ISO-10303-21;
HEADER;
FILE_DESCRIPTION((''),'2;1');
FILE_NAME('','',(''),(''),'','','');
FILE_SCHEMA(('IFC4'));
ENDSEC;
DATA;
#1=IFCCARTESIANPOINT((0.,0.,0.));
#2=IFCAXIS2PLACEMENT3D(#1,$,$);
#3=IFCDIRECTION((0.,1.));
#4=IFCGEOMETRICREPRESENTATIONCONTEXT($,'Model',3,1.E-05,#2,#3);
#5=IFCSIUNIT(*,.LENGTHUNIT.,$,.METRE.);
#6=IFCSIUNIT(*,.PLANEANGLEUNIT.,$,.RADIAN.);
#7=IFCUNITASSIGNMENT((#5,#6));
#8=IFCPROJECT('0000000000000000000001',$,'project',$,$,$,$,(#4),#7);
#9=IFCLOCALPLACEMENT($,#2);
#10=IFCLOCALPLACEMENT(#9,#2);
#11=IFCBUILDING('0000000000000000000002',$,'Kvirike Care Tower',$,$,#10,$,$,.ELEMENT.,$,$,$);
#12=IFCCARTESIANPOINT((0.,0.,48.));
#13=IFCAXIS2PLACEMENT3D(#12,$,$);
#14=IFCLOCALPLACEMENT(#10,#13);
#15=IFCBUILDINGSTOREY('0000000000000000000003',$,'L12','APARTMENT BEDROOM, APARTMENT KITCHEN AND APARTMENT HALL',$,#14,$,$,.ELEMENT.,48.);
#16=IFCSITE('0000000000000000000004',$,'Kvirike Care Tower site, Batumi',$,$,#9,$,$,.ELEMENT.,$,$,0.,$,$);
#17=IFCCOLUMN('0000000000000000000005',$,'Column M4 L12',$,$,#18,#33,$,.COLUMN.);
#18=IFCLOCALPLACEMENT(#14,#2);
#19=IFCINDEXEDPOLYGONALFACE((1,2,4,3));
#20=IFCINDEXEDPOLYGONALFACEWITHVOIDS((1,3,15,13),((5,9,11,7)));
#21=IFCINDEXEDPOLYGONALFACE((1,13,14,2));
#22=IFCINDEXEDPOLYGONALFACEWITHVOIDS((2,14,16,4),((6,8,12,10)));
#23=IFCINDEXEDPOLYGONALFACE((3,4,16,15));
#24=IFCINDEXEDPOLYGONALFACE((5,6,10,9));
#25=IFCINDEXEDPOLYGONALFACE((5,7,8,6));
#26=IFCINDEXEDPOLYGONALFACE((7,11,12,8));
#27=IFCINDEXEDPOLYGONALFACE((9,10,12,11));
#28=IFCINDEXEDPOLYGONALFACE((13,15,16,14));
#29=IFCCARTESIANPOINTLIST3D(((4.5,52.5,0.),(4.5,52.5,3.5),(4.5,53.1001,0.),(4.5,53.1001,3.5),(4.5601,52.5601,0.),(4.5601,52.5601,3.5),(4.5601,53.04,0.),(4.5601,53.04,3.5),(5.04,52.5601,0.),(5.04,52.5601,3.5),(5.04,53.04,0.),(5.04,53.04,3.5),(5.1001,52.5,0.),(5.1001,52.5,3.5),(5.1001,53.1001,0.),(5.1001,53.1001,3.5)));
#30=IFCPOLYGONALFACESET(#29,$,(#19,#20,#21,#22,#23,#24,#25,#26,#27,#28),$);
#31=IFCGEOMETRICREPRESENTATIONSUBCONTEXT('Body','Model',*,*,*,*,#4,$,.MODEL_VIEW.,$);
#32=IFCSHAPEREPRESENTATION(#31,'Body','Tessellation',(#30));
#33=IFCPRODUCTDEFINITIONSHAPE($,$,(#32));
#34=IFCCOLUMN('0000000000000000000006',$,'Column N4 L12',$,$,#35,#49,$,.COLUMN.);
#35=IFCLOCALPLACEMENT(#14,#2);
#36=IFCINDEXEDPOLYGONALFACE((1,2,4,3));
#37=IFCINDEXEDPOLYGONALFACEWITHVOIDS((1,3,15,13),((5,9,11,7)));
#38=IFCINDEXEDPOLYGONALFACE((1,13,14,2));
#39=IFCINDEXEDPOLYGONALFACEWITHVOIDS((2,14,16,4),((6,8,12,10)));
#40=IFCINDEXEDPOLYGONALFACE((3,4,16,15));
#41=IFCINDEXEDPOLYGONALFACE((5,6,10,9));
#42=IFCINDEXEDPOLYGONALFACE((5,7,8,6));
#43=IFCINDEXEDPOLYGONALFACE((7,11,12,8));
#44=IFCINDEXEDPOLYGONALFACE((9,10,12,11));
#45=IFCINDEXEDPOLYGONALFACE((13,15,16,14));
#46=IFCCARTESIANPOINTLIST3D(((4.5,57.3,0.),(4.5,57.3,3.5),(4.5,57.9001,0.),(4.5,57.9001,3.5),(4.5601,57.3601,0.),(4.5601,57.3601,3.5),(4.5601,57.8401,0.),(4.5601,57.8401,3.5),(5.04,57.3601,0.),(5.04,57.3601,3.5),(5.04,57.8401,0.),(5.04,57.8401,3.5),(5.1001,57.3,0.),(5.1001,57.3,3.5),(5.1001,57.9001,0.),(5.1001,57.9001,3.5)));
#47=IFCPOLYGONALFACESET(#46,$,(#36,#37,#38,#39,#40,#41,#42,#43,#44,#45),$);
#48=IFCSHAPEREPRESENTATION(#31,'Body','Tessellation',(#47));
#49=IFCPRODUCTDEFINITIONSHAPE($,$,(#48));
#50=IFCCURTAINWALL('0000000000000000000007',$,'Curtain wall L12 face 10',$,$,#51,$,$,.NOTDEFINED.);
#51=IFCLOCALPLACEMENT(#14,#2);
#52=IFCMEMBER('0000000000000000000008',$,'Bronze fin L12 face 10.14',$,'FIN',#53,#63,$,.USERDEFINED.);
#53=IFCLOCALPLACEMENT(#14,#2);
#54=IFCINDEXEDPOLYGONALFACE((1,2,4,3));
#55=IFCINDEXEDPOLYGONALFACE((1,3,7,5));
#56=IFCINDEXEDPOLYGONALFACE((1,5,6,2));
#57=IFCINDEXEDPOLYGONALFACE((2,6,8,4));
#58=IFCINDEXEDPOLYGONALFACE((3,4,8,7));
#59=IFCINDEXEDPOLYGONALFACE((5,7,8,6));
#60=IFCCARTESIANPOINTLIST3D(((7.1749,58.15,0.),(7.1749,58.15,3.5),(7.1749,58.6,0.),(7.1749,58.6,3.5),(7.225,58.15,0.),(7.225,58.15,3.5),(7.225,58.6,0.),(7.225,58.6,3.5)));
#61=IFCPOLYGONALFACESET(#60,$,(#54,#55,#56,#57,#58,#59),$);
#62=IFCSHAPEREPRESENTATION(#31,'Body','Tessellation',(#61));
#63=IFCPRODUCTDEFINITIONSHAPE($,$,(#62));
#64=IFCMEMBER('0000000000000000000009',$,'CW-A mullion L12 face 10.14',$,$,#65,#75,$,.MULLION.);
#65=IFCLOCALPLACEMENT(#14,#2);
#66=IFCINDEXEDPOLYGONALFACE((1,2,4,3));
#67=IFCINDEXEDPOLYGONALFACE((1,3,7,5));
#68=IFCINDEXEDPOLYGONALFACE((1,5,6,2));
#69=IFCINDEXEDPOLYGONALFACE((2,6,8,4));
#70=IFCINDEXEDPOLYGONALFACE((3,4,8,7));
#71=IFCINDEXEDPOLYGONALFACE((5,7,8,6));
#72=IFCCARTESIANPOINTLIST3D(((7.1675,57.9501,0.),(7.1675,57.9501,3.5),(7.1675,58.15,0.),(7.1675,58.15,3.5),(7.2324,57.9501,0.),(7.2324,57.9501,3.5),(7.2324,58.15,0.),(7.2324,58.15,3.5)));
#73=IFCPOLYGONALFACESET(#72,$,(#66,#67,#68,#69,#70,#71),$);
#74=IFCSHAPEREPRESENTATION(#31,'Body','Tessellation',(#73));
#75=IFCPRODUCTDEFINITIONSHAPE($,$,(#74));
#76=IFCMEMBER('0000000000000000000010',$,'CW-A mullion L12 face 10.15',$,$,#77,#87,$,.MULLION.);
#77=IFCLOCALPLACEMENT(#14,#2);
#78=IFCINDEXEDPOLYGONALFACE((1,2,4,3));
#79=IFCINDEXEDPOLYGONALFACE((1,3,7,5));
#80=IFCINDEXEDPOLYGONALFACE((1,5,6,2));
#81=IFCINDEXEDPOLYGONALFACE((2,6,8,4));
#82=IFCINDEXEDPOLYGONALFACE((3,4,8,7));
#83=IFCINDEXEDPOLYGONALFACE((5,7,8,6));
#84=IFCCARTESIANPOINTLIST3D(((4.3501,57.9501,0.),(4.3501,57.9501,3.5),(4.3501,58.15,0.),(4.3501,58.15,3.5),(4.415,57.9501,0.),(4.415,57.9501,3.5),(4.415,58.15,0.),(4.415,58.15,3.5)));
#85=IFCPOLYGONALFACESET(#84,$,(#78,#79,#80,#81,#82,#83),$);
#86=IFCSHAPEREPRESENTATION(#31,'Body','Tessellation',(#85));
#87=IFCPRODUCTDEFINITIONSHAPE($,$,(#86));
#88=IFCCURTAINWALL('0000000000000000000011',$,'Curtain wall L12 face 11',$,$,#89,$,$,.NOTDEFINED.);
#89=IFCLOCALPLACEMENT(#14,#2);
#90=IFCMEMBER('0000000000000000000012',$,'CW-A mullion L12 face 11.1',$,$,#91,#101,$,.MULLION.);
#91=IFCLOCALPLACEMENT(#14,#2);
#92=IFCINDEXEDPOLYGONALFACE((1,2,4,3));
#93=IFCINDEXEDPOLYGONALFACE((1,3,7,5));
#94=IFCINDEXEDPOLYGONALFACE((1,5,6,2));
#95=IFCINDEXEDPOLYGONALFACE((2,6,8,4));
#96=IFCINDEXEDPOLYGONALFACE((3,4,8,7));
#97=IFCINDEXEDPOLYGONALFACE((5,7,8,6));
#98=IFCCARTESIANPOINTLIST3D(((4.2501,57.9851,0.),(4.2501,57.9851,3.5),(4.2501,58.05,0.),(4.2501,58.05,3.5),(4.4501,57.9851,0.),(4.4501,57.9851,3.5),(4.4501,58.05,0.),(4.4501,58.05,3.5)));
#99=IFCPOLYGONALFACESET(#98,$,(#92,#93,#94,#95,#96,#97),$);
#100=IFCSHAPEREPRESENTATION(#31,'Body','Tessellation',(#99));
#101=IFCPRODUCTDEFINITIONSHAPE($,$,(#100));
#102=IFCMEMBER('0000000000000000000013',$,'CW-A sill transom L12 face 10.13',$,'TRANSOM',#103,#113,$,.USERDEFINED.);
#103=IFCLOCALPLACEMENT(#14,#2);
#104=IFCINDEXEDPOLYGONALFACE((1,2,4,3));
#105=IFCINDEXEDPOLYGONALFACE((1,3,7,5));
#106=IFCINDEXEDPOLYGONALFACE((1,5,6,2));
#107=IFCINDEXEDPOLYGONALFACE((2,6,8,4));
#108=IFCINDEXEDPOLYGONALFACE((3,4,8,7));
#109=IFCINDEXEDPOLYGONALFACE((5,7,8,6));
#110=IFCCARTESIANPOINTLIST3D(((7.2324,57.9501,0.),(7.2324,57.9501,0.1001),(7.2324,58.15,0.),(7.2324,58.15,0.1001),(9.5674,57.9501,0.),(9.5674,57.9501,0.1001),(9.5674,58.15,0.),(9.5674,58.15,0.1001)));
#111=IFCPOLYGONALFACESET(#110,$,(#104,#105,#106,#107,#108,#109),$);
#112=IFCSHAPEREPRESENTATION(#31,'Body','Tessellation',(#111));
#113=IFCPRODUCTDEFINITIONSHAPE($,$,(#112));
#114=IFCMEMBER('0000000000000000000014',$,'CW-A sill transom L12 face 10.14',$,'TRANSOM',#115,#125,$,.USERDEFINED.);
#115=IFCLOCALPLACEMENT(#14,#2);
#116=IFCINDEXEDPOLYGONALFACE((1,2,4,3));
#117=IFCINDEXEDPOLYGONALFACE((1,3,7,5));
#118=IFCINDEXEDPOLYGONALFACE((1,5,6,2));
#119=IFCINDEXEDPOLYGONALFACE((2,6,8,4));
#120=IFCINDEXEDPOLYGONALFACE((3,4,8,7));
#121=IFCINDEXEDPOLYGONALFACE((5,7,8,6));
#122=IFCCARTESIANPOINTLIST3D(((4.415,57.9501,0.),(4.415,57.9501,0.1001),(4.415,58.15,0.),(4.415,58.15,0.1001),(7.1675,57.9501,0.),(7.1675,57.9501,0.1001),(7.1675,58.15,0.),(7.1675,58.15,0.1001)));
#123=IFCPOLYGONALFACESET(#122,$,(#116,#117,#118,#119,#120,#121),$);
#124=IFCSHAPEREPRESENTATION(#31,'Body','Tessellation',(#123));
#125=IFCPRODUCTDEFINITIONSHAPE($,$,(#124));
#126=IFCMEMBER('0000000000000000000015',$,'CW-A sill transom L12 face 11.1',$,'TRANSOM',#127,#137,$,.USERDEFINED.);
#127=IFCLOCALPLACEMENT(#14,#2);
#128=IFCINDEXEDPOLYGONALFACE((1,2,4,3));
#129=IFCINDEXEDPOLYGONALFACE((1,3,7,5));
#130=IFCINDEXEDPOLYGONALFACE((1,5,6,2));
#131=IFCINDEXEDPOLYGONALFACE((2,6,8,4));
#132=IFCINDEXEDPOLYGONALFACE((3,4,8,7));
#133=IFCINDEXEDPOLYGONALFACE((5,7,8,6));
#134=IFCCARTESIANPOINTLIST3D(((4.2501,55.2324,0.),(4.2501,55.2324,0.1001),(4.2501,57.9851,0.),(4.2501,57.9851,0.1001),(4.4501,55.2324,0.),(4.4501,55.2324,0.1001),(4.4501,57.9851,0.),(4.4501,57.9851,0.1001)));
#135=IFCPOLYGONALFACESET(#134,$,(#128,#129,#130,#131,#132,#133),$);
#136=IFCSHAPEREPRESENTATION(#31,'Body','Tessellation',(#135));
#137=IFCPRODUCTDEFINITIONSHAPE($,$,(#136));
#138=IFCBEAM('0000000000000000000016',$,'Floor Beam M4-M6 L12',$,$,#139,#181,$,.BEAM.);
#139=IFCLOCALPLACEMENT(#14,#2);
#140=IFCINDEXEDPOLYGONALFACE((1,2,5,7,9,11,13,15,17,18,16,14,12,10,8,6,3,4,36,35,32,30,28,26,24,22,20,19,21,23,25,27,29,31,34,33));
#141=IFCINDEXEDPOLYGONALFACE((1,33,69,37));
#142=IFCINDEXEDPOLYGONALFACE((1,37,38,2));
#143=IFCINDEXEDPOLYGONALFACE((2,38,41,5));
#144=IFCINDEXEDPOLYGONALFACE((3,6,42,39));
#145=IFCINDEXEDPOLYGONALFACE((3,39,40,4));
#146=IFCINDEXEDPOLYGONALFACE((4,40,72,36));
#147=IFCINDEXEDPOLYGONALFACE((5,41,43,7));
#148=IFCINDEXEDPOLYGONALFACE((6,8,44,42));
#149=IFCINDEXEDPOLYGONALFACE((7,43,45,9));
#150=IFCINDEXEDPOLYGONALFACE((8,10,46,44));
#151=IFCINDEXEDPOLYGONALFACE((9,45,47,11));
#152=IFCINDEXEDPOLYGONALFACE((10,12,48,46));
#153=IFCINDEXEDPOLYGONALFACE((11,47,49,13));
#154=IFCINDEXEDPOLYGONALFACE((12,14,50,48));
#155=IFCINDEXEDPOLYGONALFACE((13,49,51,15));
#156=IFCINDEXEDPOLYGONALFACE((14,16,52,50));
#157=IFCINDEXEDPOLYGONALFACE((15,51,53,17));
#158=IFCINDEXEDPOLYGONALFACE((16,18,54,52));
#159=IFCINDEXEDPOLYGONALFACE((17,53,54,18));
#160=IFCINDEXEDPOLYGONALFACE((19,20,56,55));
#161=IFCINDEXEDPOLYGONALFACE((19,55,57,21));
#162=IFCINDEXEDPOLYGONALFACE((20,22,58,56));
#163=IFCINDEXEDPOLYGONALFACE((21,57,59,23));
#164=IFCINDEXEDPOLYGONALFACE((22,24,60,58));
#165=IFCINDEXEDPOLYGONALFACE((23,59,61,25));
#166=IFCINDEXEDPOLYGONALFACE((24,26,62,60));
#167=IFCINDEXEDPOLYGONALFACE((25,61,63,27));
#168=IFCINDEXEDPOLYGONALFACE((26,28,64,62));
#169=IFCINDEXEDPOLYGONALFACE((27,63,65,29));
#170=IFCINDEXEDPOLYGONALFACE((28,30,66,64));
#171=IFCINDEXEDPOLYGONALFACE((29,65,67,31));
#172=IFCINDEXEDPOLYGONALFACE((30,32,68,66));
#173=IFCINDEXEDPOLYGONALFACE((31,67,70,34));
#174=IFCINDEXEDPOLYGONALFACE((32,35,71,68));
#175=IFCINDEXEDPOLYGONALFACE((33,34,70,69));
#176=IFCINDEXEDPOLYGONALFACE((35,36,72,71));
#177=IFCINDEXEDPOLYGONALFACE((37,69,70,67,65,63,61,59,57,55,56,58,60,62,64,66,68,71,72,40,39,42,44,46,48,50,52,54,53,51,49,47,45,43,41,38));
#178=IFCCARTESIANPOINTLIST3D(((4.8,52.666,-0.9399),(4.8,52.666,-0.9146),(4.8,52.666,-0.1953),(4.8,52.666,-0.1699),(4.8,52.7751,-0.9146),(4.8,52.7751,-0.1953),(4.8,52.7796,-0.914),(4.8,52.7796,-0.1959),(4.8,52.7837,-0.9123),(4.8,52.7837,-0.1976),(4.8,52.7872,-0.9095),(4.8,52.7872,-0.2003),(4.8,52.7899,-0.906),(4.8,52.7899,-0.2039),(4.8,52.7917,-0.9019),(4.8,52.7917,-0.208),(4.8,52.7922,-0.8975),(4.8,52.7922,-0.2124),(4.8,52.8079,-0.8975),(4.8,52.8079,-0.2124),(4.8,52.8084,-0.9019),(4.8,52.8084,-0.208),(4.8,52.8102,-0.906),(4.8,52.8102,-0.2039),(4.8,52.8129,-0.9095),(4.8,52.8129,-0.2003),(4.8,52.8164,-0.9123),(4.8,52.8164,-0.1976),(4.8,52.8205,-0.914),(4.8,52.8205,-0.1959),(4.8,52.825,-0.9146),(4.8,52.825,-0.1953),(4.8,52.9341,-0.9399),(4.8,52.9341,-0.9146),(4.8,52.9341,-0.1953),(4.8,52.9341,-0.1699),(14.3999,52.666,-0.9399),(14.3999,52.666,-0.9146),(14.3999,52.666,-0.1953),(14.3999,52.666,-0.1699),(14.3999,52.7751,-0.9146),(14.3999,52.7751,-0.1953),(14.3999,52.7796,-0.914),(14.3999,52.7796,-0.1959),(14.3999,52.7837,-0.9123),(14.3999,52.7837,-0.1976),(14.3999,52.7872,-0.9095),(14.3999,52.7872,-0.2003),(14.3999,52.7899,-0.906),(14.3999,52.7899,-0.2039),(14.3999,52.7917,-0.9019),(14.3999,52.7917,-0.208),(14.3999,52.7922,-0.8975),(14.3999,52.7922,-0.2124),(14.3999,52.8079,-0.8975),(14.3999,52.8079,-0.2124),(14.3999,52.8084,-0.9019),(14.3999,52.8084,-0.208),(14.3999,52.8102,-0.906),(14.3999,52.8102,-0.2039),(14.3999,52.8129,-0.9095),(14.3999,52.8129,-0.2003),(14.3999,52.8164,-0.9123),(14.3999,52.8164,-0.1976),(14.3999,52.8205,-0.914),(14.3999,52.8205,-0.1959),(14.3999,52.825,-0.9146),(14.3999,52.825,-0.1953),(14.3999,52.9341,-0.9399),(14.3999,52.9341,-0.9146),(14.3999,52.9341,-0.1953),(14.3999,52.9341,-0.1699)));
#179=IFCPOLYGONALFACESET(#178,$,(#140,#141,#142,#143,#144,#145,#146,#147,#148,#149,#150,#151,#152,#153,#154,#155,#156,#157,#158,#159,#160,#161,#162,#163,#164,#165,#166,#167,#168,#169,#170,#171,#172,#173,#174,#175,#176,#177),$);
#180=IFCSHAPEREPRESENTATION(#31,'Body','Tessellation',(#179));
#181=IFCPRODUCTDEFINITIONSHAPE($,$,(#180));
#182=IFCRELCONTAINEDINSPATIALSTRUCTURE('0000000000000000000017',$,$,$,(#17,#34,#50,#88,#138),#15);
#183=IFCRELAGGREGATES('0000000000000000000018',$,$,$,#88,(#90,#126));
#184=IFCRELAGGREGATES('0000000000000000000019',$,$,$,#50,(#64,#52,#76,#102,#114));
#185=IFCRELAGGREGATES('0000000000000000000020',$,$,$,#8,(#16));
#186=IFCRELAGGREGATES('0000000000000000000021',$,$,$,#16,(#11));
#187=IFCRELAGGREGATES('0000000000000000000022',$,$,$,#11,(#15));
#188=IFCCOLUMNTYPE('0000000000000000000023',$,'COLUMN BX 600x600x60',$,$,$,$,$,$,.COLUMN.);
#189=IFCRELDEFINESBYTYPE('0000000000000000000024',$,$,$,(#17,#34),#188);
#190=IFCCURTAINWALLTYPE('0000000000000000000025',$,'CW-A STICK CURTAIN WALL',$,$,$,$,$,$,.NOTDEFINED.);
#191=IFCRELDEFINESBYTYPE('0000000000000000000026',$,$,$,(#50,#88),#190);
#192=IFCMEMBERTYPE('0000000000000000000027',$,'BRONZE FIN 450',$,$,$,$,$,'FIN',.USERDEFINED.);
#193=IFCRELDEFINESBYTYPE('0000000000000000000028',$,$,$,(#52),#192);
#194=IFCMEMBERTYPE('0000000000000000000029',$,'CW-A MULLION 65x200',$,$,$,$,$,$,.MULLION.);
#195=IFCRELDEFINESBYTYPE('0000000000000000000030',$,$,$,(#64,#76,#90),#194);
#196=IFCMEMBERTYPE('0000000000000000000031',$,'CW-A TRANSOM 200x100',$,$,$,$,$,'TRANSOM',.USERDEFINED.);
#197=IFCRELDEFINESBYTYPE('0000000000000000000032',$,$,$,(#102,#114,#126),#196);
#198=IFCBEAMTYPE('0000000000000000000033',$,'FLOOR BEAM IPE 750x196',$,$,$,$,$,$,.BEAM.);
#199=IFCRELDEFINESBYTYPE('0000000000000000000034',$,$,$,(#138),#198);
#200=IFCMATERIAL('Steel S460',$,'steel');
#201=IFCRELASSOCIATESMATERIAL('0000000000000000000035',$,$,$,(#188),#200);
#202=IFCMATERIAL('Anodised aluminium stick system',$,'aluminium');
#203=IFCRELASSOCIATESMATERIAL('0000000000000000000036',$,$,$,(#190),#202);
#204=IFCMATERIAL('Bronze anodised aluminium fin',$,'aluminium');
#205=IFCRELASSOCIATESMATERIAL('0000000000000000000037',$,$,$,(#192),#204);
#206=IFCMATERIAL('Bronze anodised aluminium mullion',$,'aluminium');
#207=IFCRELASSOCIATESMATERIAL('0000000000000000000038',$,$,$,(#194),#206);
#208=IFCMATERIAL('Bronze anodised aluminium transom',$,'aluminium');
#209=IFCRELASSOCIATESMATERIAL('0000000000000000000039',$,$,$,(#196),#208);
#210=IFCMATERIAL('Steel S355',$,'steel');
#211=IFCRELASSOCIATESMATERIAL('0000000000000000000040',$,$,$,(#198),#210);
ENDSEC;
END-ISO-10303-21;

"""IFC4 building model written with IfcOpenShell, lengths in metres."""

from ifc_helpers import new_model, si_unit, direction, frame, origin, origin_2d, place, context, subcontext, project, spatial, rectangle, hollow_rectangle, i_section, extrude, material, material_profile, profile_set, type_object, element, aggregate, save


model = new_model("IFC4")

# Units and contexts
model_context = context("Model", 3, precision=1e-05, world=origin(), true_north=direction((0.0, 1.0)))
body_context = subcontext(model_context, "Body", "Model", "MODEL_VIEW")
ifc_project = project(units=[si_unit("LENGTHUNIT", "METRE"), si_unit("PLANEANGLEUNIT", "RADIAN")], contexts=[model_context])

# Site, building, storey
site_placement = place(None, origin())
site = spatial("IfcSite", under=ifc_project, at=site_placement, Name="Kvirike Care Tower site, Batumi", CompositionType="ELEMENT", RefElevation=0.0)
building_placement = place(site_placement, origin())
building = spatial("IfcBuilding", under=site, at=building_placement, Name="Kvirike Care Tower", CompositionType="ELEMENT")
storey_placement = place(building_placement, frame((0.0, 0.0, 48.0)))
storey = spatial("IfcBuildingStorey", under=building, at=storey_placement, Name="L12", Description="APARTMENT BEDROOM, APARTMENT KITCHEN AND APARTMENT HALL", CompositionType="ELEMENT", Elevation=48.0)

# Columns
ifc_material_1 = material(Name="Steel S460", Category="steel")
ifc_material_profile_1 = material_profile(ifc_material_1, hollow_rectangle(XDim=0.6001, YDim=0.6001, WallThickness=0.0601, at=origin_2d()), Name="BX 600x600x60")
ifc_profile_set_1 = profile_set([ifc_material_profile_1], Name="Steel S460")
column_type = type_object("IfcColumnType", Name="COLUMN BX 600x600x60", PredefinedType="COLUMN", material=ifc_profile_set_1)
for number, where, z_axis, x_axis, name in (
    (1, (4.8, 52.8, 0.0), (0.0, 0.0, 1.0), (0.0, 1.0, 0.0), "Column M4 L12"),
    (2, (4.8, 57.6001, 0.0), (0.0, 0.0, 1.0), (0.0, 1.0, 0.0), "Column N4 L12"),
):
    element("IfcColumn", number, at=place(storey_placement, frame(where, z_axis=z_axis, x_axis=x_axis)), inside=storey, type_object=column_type, Name=name, PredefinedType="COLUMN", context=body_context, shape_type="SweptSolid", body=[
        extrude(hollow_rectangle(XDim=0.6001, YDim=0.6001, WallThickness=0.0601, at=origin_2d()), origin(), (0.0, 0.0, 1.0), 3.5),
    ])

# Curtain wall, members
ifc_material_2 = material(Name="Anodised aluminium stick system", Category="aluminium")
curtain_wall_type = type_object("IfcCurtainWallType", Name="CW-A STICK CURTAIN WALL", PredefinedType="NOTDEFINED", material=ifc_material_2)
curtain_wall_1_placement = place(storey_placement, origin())
curtain_wall_1 = element("IfcCurtainWall", 3, at=curtain_wall_1_placement, inside=storey, type_object=curtain_wall_type, Name="Curtain wall L12 face 10", PredefinedType="NOTDEFINED")
ifc_material_3 = material(Name="Bronze anodised aluminium fin", Category="aluminium")
ifc_material_profile_2 = material_profile(ifc_material_3, rectangle(XDim=0.05, YDim=0.45, at=origin_2d()), Name="BRONZE FIN 450")
ifc_profile_set_2 = profile_set([ifc_material_profile_2], Name="Bronze anodised aluminium fin")
member_type_1 = type_object("IfcMemberType", Name="BRONZE FIN 450", ElementType="FIN", PredefinedType="USERDEFINED", material=ifc_profile_set_2)
member_1_placement = place(storey_placement, frame((7.2, 58.375, 0.0), z_axis=(0.0, 0.0, 1.0), x_axis=(-1.0, 0.0, 0.0)))
member_1 = element("IfcMember", 4, at=member_1_placement, type_object=member_type_1, Name="Bronze fin L12 face 10.14", ObjectType="FIN", PredefinedType="USERDEFINED", context=body_context, shape_type="SweptSolid", body=[
    extrude(rectangle(XDim=0.05, YDim=0.45, at=origin_2d()), origin(), (0.0, 0.0, 1.0), 3.5),
])
ifc_material_4 = material(Name="Bronze anodised aluminium mullion", Category="aluminium")
ifc_material_profile_3 = material_profile(ifc_material_4, rectangle(XDim=0.0649, YDim=0.2, at=origin_2d()), Name="CW-A MULLION 65x200")
ifc_profile_set_3 = profile_set([ifc_material_profile_3], Name="Bronze anodised aluminium mullion")
member_type_2 = type_object("IfcMemberType", Name="CW-A MULLION 65x200", PredefinedType="MULLION", material=ifc_profile_set_3)
member_2_placement = place(storey_placement, frame((7.2, 58.05, 0.0), z_axis=(0.0, 0.0, 1.0), x_axis=(-1.0, 0.0, 0.0)))
member_2 = element("IfcMember", 5, at=member_2_placement, type_object=member_type_2, Name="CW-A mullion L12 face 10.14", PredefinedType="MULLION", context=body_context, shape_type="SweptSolid", body=[
    extrude(rectangle(XDim=0.0649, YDim=0.2, at=origin_2d()), origin(), (0.0, 0.0, 1.0), 3.5),
])
member_3_placement = place(storey_placement, frame((4.3826, 58.05, 0.0), z_axis=(0.0, 0.0, 1.0), x_axis=(-1.0, 0.0, 0.0)))
member_3 = element("IfcMember", 6, at=member_3_placement, type_object=member_type_2, Name="CW-A mullion L12 face 10.15", PredefinedType="MULLION", context=body_context, shape_type="SweptSolid", body=[
    extrude(rectangle(XDim=0.0649, YDim=0.2, at=origin_2d()), origin(), (0.0, 0.0, 1.0), 3.5),
])

# Curtain wall, member
curtain_wall_2_placement = place(storey_placement, origin())
curtain_wall_2 = element("IfcCurtainWall", 7, at=curtain_wall_2_placement, inside=storey, type_object=curtain_wall_type, Name="Curtain wall L12 face 11", PredefinedType="NOTDEFINED")
member_4_placement = place(storey_placement, frame((4.3501, 58.0176, 0.0), z_axis=(0.0, 0.0, 1.0), x_axis=(0.0, -1.0, 0.0)))
member_4 = element("IfcMember", 8, at=member_4_placement, type_object=member_type_2, Name="CW-A mullion L12 face 11.1", PredefinedType="MULLION", context=body_context, shape_type="SweptSolid", body=[
    extrude(rectangle(XDim=0.0649, YDim=0.2, at=origin_2d()), origin(), (0.0, 0.0, 1.0), 3.5),
])

# Members
ifc_material_5 = material(Name="Bronze anodised aluminium transom", Category="aluminium")
ifc_material_profile_4 = material_profile(ifc_material_5, rectangle(XDim=0.2, YDim=0.1001, at=origin_2d()), Name="CW-A TRANSOM 200x100")
ifc_profile_set_4 = profile_set([ifc_material_profile_4], Name="Bronze anodised aluminium transom")
member_type_3 = type_object("IfcMemberType", Name="CW-A TRANSOM 200x100", ElementType="TRANSOM", PredefinedType="USERDEFINED", material=ifc_profile_set_4)
member_5_placement = place(storey_placement, frame((9.5674, 58.05, 0.05), z_axis=(-1.0, 0.0, 0.0), x_axis=(0.0, -1.0, 0.0)))
member_5 = element("IfcMember", 9, at=member_5_placement, type_object=member_type_3, Name="CW-A sill transom L12 face 10.13", ObjectType="TRANSOM", PredefinedType="USERDEFINED", context=body_context, shape_type="SweptSolid", body=[
    extrude(rectangle(XDim=0.2, YDim=0.1001, at=origin_2d()), origin(), (0.0, 0.0, 1.0), 2.335),
])
member_6_placement = place(storey_placement, frame((7.1675, 58.05, 0.05), z_axis=(-1.0, 0.0, 0.0), x_axis=(0.0, -1.0, 0.0)))
member_6 = element("IfcMember", 10, at=member_6_placement, type_object=member_type_3, Name="CW-A sill transom L12 face 10.14", ObjectType="TRANSOM", PredefinedType="USERDEFINED", context=body_context, shape_type="SweptSolid", body=[
    extrude(rectangle(XDim=0.2, YDim=0.1001, at=origin_2d()), origin(), (0.0, 0.0, 1.0), 2.7524),
])
member_7_placement = place(storey_placement, frame((4.3501, 57.9851, 0.05), z_axis=(0.0, -1.0, 0.0), x_axis=(1.0, 0.0, 0.0)))
member_7 = element("IfcMember", 11, at=member_7_placement, type_object=member_type_3, Name="CW-A sill transom L12 face 11.1", ObjectType="TRANSOM", PredefinedType="USERDEFINED", context=body_context, shape_type="SweptSolid", body=[
    extrude(rectangle(XDim=0.2, YDim=0.1001, at=origin_2d()), origin(), (0.0, 0.0, 1.0), 2.7527),
])
aggregate(curtain_wall_2, [member_4, member_7])

# Beam
ifc_material_6 = material(Name="Steel S355", Category="steel")
ifc_material_profile_5 = material_profile(ifc_material_6, i_section(OverallWidth=0.2681, OverallDepth=0.77, WebThickness=0.0156, FlangeThickness=0.0254, FilletRadius=0.0171, at=origin_2d()), Name="IPE 750x196")
ifc_profile_set_5 = profile_set([ifc_material_profile_5], Name="Steel S355")
beam_type_1 = type_object("IfcBeamType", Name="FLOOR BEAM IPE 750x196", PredefinedType="BEAM", material=ifc_profile_set_5)
beam_placement = place(storey_placement, frame((4.8, 52.8, -0.5549), z_axis=(1.0, 0.0, 0.0), x_axis=(0.0, 1.0, 0.0)))
element("IfcBeam", 12, at=beam_placement, inside=storey, type_object=beam_type_1, Name="Floor Beam M4-M6 L12", PredefinedType="BEAM", context=body_context, shape_type="SweptSolid", body=[
    extrude(i_section(OverallWidth=0.2681, OverallDepth=0.77, WebThickness=0.0156, FlangeThickness=0.0254, FilletRadius=0.0171, at=origin_2d()), origin(), (0.0, 0.0, 1.0), 9.5999),
])

aggregate(curtain_wall_1, [member_2, member_1, member_3, member_5, member_6])

save(model, "model.ifc")
